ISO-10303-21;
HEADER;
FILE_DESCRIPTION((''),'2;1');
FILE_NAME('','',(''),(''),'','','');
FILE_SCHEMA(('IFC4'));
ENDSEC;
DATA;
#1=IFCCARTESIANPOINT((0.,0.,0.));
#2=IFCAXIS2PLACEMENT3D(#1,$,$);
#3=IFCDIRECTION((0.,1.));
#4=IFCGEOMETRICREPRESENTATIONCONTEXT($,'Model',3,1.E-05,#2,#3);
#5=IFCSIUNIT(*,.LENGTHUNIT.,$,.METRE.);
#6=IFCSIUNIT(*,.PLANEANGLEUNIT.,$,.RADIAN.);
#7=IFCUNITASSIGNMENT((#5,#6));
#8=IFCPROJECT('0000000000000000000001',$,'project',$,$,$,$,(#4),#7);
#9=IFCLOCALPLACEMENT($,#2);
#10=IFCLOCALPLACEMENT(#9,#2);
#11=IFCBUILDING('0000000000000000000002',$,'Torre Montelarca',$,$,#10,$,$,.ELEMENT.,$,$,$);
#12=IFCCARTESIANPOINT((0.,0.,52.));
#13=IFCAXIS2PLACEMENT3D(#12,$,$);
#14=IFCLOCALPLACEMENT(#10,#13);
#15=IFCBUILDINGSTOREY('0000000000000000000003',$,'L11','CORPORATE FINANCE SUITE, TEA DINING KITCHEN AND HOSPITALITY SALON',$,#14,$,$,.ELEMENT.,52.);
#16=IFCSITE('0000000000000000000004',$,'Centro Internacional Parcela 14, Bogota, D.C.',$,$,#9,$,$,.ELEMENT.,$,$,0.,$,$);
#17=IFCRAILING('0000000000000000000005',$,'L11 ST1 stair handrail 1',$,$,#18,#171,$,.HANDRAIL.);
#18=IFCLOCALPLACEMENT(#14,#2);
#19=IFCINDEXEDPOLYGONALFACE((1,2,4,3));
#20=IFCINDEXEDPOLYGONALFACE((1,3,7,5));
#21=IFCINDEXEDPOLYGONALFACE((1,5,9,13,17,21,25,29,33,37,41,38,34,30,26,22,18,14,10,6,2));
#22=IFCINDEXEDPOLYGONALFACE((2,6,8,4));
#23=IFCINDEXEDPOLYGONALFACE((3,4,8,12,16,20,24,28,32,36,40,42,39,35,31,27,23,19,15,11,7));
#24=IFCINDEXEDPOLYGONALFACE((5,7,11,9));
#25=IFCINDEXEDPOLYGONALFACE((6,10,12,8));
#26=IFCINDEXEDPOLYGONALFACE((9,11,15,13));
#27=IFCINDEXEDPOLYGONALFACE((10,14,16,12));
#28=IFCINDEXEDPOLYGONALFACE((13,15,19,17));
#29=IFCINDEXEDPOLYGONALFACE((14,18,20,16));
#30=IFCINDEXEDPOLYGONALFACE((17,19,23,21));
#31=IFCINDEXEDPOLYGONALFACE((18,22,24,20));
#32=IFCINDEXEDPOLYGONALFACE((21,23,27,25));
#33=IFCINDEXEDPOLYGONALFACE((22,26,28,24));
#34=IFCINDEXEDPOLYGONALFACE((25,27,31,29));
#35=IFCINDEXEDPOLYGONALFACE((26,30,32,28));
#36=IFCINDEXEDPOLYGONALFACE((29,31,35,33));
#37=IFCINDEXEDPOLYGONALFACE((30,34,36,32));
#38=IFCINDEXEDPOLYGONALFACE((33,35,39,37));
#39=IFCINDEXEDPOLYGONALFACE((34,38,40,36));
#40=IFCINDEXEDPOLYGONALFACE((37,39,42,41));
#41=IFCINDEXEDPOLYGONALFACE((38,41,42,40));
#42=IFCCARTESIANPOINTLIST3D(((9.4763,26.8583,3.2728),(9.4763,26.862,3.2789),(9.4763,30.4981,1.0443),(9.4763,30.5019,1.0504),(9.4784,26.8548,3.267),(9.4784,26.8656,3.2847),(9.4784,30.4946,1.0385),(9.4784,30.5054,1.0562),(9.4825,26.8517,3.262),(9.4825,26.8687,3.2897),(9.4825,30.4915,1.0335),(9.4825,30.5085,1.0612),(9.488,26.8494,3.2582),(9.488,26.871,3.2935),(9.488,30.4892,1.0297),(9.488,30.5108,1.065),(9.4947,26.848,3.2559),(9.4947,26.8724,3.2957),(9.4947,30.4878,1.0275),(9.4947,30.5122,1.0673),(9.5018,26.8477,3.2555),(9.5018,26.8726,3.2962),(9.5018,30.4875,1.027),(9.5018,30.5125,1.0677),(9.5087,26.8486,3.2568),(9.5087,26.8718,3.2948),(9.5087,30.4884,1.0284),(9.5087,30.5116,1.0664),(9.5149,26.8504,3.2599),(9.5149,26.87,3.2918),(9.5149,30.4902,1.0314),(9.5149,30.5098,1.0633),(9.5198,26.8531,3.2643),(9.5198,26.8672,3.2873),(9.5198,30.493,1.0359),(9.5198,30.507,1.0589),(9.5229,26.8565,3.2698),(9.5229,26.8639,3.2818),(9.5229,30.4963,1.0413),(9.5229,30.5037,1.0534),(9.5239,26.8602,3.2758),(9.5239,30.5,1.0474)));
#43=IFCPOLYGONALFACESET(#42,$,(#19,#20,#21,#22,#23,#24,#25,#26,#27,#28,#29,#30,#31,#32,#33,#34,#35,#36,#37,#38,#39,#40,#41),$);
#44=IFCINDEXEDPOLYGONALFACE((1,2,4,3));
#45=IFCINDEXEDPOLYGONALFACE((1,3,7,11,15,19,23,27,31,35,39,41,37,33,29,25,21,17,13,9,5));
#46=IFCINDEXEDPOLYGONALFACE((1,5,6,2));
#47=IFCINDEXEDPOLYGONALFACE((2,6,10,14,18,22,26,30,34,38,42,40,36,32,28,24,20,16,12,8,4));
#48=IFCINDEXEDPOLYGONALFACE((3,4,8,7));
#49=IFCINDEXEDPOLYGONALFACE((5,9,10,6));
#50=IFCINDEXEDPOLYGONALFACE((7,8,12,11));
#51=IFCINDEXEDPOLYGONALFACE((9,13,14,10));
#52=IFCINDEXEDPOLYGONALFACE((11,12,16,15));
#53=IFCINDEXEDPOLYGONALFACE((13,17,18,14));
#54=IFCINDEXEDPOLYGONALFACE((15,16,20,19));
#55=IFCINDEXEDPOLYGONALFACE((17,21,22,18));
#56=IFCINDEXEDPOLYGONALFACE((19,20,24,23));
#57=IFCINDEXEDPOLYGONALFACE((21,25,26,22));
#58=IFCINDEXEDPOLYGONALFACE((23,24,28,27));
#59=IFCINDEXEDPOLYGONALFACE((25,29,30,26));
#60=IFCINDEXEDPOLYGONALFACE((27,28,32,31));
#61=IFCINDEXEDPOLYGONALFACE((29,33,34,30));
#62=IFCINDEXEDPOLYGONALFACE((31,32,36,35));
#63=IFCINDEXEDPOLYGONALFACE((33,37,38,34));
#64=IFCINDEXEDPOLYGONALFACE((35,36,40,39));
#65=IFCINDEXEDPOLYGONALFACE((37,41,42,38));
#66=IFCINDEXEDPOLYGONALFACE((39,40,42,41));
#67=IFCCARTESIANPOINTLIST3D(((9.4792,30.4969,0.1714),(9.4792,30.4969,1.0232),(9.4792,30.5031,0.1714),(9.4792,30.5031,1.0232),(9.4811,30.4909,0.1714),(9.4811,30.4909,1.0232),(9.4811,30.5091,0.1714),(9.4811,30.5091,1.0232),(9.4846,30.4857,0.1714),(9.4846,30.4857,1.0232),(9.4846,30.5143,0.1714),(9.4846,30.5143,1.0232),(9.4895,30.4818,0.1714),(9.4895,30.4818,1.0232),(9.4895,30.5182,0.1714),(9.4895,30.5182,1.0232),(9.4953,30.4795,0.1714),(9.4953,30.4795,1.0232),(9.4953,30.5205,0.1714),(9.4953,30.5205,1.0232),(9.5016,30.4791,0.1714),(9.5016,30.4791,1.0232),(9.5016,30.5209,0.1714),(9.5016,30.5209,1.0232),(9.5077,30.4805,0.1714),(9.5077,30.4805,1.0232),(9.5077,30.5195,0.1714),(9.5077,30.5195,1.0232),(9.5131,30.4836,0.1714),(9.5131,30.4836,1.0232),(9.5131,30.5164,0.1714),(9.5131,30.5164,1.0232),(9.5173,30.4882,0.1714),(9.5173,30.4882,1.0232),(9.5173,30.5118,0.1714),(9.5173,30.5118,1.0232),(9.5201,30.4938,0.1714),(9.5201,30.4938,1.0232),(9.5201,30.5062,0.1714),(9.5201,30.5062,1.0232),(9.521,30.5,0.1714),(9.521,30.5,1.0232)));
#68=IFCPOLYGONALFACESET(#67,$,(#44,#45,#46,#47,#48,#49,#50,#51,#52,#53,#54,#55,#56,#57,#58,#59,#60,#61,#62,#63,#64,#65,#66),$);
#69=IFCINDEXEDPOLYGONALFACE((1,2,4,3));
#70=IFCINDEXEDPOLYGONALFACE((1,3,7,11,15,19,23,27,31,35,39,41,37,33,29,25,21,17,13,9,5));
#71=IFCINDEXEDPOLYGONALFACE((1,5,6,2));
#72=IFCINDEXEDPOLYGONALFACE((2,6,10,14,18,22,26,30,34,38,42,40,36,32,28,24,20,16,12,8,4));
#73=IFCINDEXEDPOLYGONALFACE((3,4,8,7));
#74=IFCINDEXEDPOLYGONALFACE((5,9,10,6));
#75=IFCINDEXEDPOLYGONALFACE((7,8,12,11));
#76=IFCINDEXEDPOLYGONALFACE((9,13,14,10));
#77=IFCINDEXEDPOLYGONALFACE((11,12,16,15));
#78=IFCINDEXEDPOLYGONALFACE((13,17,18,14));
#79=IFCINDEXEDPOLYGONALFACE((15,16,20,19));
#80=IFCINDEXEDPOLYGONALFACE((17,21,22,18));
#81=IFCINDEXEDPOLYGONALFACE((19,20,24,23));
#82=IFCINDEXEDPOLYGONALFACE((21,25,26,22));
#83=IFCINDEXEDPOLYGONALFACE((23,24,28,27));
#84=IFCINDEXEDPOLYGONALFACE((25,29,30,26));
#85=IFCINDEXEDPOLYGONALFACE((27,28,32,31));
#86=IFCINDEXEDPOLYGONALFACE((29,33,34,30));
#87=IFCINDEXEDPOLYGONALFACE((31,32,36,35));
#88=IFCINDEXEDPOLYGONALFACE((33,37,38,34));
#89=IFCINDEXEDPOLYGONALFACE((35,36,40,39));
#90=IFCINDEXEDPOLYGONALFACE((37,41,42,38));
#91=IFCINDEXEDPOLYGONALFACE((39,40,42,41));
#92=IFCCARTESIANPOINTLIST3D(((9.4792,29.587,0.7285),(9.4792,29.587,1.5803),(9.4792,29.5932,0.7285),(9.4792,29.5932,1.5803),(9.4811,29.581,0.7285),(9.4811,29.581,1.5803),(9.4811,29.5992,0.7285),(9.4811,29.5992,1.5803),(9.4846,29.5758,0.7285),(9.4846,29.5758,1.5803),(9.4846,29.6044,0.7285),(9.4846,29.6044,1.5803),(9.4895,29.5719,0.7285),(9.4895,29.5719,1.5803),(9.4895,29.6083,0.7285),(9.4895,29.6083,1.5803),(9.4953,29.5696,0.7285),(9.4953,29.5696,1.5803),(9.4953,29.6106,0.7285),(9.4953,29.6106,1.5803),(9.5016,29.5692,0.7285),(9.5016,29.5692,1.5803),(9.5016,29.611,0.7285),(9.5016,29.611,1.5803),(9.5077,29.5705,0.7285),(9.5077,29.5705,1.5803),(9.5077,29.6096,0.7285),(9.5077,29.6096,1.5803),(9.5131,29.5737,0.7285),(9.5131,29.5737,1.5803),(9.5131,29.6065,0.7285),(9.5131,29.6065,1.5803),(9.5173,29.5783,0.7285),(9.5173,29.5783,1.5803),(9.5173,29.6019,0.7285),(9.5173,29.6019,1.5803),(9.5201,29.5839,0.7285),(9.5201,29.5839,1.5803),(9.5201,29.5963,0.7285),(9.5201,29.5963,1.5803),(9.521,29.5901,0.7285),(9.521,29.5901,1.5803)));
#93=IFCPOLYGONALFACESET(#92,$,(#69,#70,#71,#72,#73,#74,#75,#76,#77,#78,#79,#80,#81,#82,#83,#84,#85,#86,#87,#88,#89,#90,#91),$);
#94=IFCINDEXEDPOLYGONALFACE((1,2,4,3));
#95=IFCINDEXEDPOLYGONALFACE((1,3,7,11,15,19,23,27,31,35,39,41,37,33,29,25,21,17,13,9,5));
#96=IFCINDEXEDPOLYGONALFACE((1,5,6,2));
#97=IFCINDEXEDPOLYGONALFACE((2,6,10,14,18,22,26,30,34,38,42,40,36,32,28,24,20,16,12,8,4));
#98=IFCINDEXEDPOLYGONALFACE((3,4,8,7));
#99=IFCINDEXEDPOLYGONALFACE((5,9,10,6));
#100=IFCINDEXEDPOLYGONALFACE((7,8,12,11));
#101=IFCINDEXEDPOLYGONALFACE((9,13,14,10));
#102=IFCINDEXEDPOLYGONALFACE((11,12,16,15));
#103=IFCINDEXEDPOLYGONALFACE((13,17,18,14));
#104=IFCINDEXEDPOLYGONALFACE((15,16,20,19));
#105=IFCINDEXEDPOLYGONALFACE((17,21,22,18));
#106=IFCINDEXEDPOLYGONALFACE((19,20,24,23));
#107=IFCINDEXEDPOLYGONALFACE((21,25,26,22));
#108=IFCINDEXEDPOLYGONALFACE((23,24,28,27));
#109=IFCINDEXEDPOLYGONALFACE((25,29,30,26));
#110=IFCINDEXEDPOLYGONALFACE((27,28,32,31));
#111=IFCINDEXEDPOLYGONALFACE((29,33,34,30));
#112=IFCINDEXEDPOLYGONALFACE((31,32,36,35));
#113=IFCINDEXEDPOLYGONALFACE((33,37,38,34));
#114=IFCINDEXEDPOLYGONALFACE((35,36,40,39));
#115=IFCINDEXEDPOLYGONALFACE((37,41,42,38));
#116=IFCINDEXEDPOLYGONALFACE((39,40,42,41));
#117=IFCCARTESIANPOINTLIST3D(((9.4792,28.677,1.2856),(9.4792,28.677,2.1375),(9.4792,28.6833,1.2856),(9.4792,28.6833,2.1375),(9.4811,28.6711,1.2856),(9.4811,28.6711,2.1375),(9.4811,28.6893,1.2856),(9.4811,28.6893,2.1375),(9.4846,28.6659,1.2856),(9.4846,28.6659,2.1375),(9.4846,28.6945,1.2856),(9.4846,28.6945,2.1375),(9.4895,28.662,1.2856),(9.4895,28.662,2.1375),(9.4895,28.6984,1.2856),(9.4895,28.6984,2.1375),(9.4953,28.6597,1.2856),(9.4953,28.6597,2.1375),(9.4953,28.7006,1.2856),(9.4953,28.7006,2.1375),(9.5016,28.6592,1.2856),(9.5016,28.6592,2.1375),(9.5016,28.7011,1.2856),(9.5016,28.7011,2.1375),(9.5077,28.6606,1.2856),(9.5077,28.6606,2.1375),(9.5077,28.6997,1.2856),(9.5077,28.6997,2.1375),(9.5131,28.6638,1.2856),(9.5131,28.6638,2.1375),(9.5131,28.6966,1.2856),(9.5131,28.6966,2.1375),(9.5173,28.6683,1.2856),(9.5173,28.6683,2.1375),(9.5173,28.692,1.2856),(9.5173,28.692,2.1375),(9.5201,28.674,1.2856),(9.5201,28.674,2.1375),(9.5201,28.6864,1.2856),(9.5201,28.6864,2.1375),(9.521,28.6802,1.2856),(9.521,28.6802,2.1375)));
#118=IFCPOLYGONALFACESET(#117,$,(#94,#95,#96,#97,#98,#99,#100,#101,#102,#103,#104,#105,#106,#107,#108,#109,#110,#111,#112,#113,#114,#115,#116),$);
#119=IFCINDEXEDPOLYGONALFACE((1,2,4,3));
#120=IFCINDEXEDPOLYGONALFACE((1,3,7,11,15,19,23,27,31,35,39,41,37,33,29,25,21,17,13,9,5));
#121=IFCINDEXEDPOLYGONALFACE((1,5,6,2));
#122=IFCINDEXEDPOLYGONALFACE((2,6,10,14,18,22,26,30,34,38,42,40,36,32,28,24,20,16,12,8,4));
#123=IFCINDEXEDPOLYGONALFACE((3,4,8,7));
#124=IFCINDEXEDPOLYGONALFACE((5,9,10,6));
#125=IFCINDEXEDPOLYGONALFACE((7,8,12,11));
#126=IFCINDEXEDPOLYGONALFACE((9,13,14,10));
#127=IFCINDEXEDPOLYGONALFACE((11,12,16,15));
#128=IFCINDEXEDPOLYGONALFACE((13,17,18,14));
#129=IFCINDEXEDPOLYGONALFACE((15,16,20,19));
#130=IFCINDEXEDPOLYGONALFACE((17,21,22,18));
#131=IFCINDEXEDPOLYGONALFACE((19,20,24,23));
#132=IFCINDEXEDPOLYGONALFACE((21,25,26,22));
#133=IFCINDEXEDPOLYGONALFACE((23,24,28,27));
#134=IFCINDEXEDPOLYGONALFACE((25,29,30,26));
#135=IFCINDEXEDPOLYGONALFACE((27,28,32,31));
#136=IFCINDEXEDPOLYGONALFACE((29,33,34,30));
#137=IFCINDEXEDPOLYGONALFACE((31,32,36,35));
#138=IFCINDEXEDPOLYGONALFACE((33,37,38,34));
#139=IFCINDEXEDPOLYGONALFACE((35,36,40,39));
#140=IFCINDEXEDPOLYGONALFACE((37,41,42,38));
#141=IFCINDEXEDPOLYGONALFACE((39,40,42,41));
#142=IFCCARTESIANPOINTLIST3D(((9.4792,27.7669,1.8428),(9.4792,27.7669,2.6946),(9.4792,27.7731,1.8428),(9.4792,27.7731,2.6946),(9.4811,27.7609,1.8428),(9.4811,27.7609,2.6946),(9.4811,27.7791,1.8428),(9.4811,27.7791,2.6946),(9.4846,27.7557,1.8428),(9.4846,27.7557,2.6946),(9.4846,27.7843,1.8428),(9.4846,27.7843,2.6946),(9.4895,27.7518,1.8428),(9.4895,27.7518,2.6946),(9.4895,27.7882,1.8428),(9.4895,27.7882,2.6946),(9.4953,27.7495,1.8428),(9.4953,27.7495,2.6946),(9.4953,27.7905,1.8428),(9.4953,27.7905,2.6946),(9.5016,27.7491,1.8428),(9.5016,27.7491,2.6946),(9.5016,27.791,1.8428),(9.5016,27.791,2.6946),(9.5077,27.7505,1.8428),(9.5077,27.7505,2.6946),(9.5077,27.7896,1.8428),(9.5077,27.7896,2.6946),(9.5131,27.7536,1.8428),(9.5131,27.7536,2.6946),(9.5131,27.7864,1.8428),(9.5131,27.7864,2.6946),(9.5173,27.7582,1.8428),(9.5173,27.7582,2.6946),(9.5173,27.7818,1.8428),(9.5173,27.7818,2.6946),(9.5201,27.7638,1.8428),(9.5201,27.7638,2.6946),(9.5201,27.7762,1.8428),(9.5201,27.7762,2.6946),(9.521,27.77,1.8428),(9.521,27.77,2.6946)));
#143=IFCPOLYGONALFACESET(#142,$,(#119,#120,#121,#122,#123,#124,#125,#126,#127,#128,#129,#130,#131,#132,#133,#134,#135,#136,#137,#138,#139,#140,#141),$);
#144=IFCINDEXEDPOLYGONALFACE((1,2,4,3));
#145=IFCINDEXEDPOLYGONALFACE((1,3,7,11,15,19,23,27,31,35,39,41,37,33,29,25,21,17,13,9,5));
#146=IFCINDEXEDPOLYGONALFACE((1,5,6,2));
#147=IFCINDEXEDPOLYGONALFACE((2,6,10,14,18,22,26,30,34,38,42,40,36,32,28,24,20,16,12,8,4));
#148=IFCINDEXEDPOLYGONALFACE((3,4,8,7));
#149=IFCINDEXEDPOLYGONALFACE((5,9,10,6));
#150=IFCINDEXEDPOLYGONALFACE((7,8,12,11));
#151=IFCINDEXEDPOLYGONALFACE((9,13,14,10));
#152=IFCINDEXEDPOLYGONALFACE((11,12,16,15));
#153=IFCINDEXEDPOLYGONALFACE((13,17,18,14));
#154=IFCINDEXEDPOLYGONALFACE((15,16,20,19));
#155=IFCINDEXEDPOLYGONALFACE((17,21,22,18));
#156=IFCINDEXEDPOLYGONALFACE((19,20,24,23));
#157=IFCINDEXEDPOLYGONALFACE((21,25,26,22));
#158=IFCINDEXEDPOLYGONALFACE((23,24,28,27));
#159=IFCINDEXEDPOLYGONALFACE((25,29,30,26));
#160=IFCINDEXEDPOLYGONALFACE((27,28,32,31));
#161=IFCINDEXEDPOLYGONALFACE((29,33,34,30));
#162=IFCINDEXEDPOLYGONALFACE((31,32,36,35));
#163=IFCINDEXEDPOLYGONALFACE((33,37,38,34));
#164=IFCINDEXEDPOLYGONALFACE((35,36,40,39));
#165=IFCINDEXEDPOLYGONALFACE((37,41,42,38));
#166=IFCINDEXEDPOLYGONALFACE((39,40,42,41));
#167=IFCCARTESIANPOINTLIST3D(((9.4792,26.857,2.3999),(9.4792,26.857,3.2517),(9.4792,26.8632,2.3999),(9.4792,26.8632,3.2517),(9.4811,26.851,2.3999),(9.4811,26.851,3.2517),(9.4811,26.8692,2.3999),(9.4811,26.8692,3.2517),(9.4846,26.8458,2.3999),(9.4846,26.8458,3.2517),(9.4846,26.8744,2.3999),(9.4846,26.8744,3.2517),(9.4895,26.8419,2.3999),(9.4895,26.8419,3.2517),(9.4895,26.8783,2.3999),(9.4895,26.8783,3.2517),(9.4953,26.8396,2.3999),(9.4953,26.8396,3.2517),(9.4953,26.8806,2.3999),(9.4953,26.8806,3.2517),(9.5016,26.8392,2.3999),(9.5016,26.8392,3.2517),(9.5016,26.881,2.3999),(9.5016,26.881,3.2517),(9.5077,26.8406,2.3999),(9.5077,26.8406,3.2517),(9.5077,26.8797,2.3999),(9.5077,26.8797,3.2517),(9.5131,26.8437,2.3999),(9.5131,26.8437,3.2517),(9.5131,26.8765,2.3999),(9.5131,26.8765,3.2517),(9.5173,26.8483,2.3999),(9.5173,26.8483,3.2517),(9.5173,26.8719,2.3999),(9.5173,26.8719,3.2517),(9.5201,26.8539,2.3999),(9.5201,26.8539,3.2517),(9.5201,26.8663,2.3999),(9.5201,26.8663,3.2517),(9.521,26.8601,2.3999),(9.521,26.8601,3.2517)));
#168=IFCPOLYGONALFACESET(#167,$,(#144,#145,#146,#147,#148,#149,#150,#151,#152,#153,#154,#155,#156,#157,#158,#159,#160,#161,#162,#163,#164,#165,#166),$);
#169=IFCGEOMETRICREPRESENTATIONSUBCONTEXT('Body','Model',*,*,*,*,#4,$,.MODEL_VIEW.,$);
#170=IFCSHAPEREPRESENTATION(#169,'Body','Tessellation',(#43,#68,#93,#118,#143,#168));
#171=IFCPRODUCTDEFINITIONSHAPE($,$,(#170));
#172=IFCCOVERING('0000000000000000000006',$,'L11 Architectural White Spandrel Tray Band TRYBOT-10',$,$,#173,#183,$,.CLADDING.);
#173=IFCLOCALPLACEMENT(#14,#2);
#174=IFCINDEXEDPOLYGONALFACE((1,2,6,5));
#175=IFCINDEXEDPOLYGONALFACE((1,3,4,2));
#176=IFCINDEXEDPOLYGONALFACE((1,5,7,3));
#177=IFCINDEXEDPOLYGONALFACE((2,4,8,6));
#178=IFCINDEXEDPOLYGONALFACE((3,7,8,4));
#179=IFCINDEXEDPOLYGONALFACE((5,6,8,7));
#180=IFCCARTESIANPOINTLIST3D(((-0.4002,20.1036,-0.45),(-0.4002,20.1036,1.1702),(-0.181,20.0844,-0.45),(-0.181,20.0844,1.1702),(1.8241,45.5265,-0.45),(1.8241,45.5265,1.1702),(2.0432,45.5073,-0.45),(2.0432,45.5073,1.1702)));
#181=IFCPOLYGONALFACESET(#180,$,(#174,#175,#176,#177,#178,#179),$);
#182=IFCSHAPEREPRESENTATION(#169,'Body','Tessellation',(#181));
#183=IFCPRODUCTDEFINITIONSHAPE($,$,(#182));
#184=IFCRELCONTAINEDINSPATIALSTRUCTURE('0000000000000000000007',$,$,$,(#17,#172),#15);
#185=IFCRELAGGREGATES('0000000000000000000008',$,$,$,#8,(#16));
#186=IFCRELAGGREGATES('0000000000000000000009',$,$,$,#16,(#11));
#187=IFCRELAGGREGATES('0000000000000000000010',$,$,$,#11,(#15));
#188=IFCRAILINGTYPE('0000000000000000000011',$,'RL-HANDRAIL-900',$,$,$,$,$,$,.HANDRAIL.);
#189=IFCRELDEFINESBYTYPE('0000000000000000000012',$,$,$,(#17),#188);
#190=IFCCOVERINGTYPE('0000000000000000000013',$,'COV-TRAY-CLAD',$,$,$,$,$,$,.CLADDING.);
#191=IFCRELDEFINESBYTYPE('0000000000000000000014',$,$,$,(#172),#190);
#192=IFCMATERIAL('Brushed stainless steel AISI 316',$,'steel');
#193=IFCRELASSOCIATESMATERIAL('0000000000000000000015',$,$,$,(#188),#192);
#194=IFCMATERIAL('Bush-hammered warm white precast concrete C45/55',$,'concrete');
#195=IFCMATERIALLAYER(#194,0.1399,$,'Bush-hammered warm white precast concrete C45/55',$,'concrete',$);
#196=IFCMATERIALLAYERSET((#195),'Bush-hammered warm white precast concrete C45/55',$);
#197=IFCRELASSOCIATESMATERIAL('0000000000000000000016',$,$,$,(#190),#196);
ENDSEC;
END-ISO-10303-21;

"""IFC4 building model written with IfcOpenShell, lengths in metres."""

from ifc_helpers import new_model, si_unit, direction, frame, origin, origin_2d, place, context, subcontext, project, spatial, rectangle, circle, extrude, source, transform, mapped, material, layer, layer_set, type_object, element, save


model = new_model("IFC4")

# Units and contexts
model_context = context("Model", 3, precision=1e-05, world=origin(), true_north=direction((0.0, 1.0)))
body_context = subcontext(model_context, "Body", "Model", "MODEL_VIEW")
ifc_project = project(units=[si_unit("LENGTHUNIT", "METRE"), si_unit("PLANEANGLEUNIT", "RADIAN")], contexts=[model_context])

# Site, building, storey
site_placement = place(None, origin())
site = spatial("IfcSite", under=ifc_project, at=site_placement, Name="Centro Internacional Parcela 14, Bogota, D.C.", CompositionType="ELEMENT", RefElevation=0.0)
building_placement = place(site_placement, origin())
building = spatial("IfcBuilding", under=site, at=building_placement, Name="Torre Montelarca", CompositionType="ELEMENT")
storey_placement = place(building_placement, frame((0.0, 0.0, 52.0)))
storey = spatial("IfcBuildingStorey", under=building, at=storey_placement, Name="L11", Description="CORPORATE FINANCE SUITE, TEA DINING KITCHEN AND HOSPITALITY SALON", CompositionType="ELEMENT", Elevation=52.0)

# Shared definitions
ifc_material_1 = material(Name="Brushed stainless steel AISI 316", Category="steel")

# Railing
railing_type_1 = type_object("IfcRailingType", Name="RL-HANDRAIL-900", PredefinedType="HANDRAIL", material=ifc_material_1)
railing_1_placement = place(storey_placement, frame((9.5, 30.5, 0.1714)))
element("IfcRailing", 1, at=railing_1_placement, inside=storey, type_object=railing_type_1, Name="L11 ST1 stair handrail 1", PredefinedType="HANDRAIL", context=body_context, shape_type="SweptSolid", body=[
    extrude(circle(Radius=0.0239, at=origin_2d()), frame((0.0, 0.0, 0.876), z_axis=(0.0, -0.85285, 0.522156), x_axis=(1.0, 0.0, 0.0)), (0.0, 0.0, 1.0), 4.2678),
    extrude(circle(Radius=0.021, at=origin_2d()), origin(), (0.0, 0.0, 1.0), 0.8518),
    extrude(circle(Radius=0.021, at=origin_2d()), frame((0.0, -0.9099, 0.5571)), (0.0, 0.0, 1.0), 0.8518),
    extrude(circle(Radius=0.021, at=origin_2d()), frame((0.0, -1.8198, 1.1143)), (0.0, 0.0, 1.0), 0.8518),
    extrude(circle(Radius=0.021, at=origin_2d()), frame((0.0, -2.73, 1.6714)), (0.0, 0.0, 1.0), 0.8518),
    extrude(circle(Radius=0.021, at=origin_2d()), frame((0.0, -3.6399, 2.2285)), (0.0, 0.0, 1.0), 0.8518),
])

# Covering
ifc_material_2 = material(Name="Bush-hammered warm white precast concrete C45/55", Category="concrete")
ifc_layer_1 = layer(ifc_material_2, 0.1399, Name="Bush-hammered warm white precast concrete C45/55", Category="concrete")
ifc_layer_set_1 = layer_set([ifc_layer_1], Name="Bush-hammered warm white precast concrete C45/55")
covering_type = type_object("IfcCoveringType", Name="COV-TRAY-CLAD", PredefinedType="CLADDING", material=ifc_layer_set_1)
shared_shape_1 = source(origin(), body_context, "Body", "SweptSolid", [
    extrude(rectangle(XDim=25.52, YDim=0.22, at=origin_2d()), origin(), (0.0, 0.0, 1.0), 1.6201),
])
covering_placement = place(storey_placement, frame((0.8215, 32.8054, -0.45), z_axis=(0.0, 0.0, 1.0), x_axis=(-0.087157, -0.996195, 0.0)))
element("IfcCovering", 2, at=covering_placement, inside=storey, type_object=covering_type, Name="L11 Architectural White Spandrel Tray Band TRYBOT-10", PredefinedType="CLADDING", context=body_context, shape_type="MappedRepresentation", body=[
    mapped(shared_shape_1, transform((0.0, 0.0, 0.0), scale=1.0)),
])

save(model, "model.ifc")
